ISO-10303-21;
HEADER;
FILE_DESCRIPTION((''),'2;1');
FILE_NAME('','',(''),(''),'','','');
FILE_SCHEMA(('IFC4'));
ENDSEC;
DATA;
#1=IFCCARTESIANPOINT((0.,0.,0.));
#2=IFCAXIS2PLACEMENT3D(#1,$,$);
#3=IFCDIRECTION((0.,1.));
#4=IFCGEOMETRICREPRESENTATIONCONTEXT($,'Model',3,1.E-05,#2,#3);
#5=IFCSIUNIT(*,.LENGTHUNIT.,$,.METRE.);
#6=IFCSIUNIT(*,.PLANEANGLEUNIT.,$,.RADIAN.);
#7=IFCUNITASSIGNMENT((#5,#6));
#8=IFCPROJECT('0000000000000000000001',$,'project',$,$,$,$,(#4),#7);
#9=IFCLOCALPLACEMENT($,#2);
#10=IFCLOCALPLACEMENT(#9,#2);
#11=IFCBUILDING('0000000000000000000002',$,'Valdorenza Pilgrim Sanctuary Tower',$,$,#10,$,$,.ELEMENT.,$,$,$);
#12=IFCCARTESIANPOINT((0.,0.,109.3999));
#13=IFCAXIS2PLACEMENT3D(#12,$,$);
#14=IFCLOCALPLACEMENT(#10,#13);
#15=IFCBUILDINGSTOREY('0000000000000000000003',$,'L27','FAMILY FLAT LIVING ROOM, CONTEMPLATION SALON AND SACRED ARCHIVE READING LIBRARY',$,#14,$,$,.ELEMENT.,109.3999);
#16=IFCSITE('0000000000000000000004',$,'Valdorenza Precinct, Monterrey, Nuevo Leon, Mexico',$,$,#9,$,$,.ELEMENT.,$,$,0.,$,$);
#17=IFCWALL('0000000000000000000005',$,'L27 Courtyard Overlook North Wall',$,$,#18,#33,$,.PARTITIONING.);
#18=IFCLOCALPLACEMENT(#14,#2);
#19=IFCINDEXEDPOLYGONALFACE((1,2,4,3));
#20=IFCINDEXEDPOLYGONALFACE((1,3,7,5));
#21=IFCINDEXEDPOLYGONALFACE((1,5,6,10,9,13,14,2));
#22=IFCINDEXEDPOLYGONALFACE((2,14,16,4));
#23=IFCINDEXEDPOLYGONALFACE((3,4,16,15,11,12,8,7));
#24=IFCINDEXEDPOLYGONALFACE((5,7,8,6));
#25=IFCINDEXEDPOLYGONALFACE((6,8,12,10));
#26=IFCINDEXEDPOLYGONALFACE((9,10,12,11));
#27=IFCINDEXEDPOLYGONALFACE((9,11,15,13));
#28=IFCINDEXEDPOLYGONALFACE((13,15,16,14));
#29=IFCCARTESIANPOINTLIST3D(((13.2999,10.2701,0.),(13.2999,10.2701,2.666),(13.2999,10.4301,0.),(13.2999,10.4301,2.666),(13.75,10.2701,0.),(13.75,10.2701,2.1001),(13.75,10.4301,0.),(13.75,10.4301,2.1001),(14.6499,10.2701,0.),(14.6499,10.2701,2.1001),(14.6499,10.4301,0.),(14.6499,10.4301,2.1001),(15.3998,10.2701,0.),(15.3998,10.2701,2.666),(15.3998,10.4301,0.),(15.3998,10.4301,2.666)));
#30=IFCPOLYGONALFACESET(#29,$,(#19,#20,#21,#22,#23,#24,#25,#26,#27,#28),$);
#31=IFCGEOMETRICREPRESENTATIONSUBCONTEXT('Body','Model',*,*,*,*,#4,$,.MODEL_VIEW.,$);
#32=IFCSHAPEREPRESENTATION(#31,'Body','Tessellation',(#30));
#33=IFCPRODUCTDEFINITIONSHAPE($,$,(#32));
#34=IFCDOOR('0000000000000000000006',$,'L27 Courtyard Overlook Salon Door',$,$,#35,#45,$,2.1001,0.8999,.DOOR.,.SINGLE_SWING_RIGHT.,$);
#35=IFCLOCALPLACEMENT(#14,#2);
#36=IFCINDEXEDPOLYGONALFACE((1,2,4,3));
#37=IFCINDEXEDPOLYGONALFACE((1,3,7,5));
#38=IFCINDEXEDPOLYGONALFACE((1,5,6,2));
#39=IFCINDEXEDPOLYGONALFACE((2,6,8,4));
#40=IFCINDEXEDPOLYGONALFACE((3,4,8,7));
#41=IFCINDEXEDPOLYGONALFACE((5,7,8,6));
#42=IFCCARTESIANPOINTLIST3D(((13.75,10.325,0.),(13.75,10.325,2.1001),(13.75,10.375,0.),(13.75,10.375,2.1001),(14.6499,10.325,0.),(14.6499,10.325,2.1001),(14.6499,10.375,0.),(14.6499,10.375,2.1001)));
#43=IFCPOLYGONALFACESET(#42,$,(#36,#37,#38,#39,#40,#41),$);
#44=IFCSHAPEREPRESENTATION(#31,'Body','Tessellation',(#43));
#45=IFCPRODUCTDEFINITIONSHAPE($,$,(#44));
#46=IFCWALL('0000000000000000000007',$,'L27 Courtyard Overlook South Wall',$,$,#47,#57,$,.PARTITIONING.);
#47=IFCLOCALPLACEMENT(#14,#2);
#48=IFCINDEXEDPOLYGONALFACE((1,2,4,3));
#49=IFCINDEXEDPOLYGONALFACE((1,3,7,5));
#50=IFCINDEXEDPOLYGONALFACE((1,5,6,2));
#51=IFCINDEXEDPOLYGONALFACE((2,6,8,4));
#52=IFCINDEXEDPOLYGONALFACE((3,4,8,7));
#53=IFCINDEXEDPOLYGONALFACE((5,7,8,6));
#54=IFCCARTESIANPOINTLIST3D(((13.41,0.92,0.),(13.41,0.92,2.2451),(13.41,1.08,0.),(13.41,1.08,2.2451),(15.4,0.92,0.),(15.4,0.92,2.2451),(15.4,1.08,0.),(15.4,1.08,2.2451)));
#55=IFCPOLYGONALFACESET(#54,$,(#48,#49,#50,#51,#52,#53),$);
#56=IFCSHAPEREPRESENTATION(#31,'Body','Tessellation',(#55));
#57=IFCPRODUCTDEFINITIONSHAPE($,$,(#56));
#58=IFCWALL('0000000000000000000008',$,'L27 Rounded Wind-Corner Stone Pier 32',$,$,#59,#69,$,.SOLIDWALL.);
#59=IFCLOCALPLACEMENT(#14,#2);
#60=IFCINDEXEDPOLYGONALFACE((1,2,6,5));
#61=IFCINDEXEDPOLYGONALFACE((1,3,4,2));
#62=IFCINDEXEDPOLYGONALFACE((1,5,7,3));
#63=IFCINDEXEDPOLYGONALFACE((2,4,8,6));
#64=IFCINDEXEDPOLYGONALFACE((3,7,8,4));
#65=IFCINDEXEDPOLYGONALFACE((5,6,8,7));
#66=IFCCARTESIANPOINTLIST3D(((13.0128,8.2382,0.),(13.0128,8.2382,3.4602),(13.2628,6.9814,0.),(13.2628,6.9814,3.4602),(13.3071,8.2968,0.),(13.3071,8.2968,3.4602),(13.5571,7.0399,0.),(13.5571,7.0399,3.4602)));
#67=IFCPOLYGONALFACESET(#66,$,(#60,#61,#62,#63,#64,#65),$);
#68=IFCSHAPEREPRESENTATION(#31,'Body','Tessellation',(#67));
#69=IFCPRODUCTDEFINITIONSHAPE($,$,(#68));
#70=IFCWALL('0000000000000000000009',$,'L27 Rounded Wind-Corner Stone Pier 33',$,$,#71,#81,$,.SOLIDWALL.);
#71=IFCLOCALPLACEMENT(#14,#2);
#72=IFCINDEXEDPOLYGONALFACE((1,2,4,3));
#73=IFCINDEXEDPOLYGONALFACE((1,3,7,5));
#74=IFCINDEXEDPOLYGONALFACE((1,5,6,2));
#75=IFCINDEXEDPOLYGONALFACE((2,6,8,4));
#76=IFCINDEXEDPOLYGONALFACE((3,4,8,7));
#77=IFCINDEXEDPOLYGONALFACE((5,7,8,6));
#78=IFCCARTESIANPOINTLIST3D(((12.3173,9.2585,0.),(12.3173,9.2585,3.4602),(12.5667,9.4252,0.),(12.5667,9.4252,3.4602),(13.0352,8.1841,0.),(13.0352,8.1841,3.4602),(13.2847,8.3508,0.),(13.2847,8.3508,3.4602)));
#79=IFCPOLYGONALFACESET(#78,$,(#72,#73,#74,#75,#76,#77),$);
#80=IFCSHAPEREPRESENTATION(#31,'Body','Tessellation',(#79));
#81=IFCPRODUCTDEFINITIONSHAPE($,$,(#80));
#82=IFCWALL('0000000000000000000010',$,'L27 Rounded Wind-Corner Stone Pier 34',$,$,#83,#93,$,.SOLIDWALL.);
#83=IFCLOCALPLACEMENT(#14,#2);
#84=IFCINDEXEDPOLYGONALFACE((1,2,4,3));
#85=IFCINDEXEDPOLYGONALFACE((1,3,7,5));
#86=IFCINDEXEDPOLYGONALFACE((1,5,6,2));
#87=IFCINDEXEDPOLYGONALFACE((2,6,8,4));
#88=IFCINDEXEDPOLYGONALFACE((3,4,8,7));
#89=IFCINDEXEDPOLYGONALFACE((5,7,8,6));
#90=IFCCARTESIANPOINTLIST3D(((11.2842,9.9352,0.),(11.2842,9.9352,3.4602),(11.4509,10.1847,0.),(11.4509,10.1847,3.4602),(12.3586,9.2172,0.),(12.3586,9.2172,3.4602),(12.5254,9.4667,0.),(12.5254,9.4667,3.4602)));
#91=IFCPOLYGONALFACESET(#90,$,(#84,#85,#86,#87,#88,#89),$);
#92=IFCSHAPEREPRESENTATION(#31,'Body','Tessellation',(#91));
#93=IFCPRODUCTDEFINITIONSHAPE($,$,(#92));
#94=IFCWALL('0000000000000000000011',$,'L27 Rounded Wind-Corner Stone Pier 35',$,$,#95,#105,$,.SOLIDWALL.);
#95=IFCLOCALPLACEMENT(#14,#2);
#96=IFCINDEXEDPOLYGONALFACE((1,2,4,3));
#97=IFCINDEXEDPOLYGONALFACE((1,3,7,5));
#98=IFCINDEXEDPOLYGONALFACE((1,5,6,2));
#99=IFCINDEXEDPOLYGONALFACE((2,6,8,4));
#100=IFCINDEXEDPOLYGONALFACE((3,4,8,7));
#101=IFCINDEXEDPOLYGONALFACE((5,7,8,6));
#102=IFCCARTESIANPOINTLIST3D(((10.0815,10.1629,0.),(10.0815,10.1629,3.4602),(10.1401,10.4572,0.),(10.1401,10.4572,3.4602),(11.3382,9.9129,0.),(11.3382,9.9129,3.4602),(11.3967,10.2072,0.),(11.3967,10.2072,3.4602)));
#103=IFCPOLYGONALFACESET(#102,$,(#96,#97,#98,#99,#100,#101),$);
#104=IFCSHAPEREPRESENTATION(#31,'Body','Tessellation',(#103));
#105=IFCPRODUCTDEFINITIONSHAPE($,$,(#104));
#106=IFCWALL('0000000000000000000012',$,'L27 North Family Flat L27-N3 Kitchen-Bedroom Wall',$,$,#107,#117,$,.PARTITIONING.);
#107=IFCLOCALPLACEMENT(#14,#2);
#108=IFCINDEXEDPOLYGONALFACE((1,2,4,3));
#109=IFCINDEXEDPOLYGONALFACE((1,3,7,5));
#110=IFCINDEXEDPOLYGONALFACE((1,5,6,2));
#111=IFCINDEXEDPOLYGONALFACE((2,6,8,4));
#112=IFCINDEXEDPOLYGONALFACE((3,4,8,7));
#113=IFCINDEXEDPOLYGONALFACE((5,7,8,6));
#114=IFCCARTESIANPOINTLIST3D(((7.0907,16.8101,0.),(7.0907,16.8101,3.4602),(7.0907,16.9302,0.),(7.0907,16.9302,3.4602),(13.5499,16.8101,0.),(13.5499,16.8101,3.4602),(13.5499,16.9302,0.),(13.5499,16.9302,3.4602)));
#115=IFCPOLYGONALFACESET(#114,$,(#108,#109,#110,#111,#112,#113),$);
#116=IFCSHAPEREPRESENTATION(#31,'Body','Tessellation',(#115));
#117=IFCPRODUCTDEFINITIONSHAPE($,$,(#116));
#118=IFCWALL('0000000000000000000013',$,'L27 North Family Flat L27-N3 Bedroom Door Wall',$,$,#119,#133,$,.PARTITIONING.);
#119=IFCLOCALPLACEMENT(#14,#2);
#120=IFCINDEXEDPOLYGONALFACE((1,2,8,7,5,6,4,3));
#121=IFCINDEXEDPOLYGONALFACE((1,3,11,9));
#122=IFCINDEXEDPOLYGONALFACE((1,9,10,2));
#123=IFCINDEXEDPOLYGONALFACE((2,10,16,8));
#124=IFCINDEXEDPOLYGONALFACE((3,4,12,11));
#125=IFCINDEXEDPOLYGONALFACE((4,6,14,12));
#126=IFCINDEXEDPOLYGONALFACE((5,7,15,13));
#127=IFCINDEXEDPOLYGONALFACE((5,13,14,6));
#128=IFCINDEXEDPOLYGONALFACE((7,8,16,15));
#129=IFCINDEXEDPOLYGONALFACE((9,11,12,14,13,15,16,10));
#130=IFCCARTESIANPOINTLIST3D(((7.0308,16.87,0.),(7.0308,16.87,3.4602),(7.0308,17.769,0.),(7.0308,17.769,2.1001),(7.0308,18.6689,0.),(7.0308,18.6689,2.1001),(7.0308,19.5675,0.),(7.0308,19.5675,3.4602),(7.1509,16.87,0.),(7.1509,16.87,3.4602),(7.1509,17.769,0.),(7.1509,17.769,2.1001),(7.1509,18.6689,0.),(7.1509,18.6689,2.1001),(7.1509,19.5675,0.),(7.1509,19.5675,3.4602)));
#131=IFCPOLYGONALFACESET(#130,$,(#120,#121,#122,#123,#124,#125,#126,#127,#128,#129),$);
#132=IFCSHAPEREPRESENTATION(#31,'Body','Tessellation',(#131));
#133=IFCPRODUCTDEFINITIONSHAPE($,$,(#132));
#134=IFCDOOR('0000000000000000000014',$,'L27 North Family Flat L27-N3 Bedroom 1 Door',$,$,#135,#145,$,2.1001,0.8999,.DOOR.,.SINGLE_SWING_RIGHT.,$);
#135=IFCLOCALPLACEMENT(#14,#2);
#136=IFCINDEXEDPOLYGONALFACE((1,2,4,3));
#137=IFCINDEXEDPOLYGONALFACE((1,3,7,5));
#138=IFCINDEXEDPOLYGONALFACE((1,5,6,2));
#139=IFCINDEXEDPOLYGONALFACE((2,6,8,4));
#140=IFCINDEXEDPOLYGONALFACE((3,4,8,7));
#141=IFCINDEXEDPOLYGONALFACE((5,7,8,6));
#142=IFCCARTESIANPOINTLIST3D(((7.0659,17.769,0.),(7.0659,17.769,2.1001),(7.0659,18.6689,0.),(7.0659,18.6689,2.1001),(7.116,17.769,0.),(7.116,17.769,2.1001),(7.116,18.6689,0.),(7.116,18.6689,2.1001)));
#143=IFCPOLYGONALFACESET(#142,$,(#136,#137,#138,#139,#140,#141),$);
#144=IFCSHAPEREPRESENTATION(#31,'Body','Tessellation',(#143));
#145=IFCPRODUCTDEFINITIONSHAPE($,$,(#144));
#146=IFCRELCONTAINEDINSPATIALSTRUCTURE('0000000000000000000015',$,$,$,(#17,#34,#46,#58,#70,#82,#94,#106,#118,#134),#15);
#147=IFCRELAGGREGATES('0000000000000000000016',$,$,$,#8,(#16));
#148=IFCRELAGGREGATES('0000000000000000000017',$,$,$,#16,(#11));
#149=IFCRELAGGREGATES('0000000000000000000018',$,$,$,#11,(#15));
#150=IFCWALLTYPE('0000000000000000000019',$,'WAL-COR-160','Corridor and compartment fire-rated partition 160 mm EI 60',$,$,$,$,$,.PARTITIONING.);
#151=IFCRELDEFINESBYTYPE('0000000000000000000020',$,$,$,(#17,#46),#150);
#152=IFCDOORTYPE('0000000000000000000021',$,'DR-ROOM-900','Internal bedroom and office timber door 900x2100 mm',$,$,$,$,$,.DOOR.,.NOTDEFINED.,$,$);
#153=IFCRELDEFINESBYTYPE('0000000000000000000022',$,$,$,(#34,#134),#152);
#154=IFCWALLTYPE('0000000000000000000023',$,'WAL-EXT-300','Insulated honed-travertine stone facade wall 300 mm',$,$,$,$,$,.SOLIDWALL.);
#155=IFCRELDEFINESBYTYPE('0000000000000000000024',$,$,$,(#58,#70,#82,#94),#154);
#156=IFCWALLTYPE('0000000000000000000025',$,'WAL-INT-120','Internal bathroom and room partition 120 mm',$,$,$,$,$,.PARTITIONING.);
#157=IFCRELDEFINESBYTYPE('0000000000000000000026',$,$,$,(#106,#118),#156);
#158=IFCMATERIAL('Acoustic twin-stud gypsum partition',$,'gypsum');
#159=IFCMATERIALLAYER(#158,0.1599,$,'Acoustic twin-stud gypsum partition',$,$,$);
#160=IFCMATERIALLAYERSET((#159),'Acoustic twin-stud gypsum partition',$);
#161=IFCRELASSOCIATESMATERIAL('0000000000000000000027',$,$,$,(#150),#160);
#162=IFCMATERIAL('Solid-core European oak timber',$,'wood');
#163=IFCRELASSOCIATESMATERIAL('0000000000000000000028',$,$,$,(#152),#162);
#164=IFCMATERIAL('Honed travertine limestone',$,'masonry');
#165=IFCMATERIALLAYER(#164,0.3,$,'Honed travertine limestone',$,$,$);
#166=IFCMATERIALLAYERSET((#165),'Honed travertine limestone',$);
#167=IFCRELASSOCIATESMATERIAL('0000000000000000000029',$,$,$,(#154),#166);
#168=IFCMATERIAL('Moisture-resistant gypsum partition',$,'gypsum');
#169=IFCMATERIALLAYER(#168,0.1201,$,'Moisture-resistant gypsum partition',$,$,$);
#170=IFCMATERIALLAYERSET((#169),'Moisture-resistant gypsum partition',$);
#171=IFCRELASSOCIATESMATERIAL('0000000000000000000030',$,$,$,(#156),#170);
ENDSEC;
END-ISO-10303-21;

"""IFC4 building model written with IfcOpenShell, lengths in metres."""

from ifc_helpers import new_model, si_unit, direction, frame, frame_2d, origin, place, context, subcontext, project, spatial, rectangle, extrude, material, layer, layer_set, type_object, element, fill, save


model = new_model("IFC4")

# Units and contexts
model_context = context("Model", 3, precision=1e-05, world=origin(), true_north=direction((0.0, 1.0)))
body_context = subcontext(model_context, "Body", "Model", "MODEL_VIEW")
ifc_project = project(units=[si_unit("LENGTHUNIT", "METRE"), si_unit("PLANEANGLEUNIT", "RADIAN")], contexts=[model_context])

# Site, building, storey
site_placement = place(None, origin())
site = spatial("IfcSite", under=ifc_project, at=site_placement, Name="Valdorenza Precinct, Monterrey, Nuevo Leon, Mexico", CompositionType="ELEMENT", RefElevation=0.0)
building_placement = place(site_placement, origin())
building = spatial("IfcBuilding", under=site, at=building_placement, Name="Valdorenza Pilgrim Sanctuary Tower", CompositionType="ELEMENT")
storey_placement = place(building_placement, frame((0.0, 0.0, 109.3999)))
storey = spatial("IfcBuildingStorey", under=building, at=storey_placement, Name="L27", Description="FAMILY FLAT LIVING ROOM, CONTEMPLATION SALON AND SACRED ARCHIVE READING LIBRARY", CompositionType="ELEMENT", Elevation=109.3999)

# Shared definitions
ifc_material_1 = material(Name="Honed travertine limestone", Category="masonry")

# Shared definitions
ifc_material_2 = material(Name="Acoustic twin-stud gypsum partition", Category="gypsum")
ifc_layer_1 = layer(ifc_material_2, 0.1599, Name="Acoustic twin-stud gypsum partition")
ifc_layer_set_1 = layer_set([ifc_layer_1], Name="Acoustic twin-stud gypsum partition")
wall_type_1 = type_object("IfcWallType", Name="WAL-COR-160", Description="Corridor and compartment fire-rated partition 160 mm EI 60", PredefinedType="PARTITIONING", material=ifc_layer_set_1)

# Wall, opening, door
wall_1_placement = place(storey_placement, frame((13.3, 10.3501, 0.0), z_axis=(0.0, 0.0, 1.0), x_axis=(1.0, 0.0, 0.0)))
wall_1 = element("IfcWall", 1, at=wall_1_placement, inside=storey, type_object=wall_type_1, Name="L27 Courtyard Overlook North Wall", PredefinedType="PARTITIONING", context=body_context, shape_type="SweptSolid", body=[
    extrude(rectangle(XDim=2.0999, YDim=0.1599, at=frame_2d((1.0498, 0.0))), origin(), (0.0, 0.0, 1.0), 2.666),
])
opening_1_placement = place(wall_1_placement, frame((0.45, 0.0, 0.0)))
opening_1 = element("IfcOpeningElement", 2, at=opening_1_placement, cuts=wall_1, PredefinedType="OPENING", context=body_context, shape_type="SweptSolid", body=[
    extrude(rectangle(XDim=0.8999, YDim=2.1001, at=frame_2d((0.45, 1.05))), frame((0.0, 0.0947, 0.0), z_axis=(0.0, -1.0, 0.0), x_axis=(1.0, 0.0, 0.0)), (0.0, 0.0, 1.0), 0.1897),
])
ifc_material_3 = material(Name="Solid-core European oak timber", Category="wood")
door_type = type_object("IfcDoorType", Name="DR-ROOM-900", Description="Internal bedroom and office timber door 900x2100 mm", OperationType="NOTDEFINED", PredefinedType="DOOR", material=ifc_material_3)
door_1_placement = place(opening_1_placement, origin())
door_1 = element("IfcDoor", 3, at=door_1_placement, inside=storey, type_object=door_type, Name="L27 Courtyard Overlook Salon Door", OperationType="SINGLE_SWING_RIGHT", OverallHeight=2.1001, OverallWidth=0.8999, PredefinedType="DOOR", context=body_context, shape_type="SweptSolid", body=[
    extrude(rectangle(XDim=0.8999, YDim=2.1001, at=frame_2d((0.45, 1.05))), frame((0.0, 0.0249, 0.0), z_axis=(0.0, -1.0, 0.0), x_axis=(1.0, 0.0, 0.0)), (0.0, 0.0, 1.0), 0.05),
])
fill(opening_1, door_1)

# Walls
wall_2_placement = place(storey_placement, frame((13.4099, 1.0, 0.0), z_axis=(0.0, 0.0, 1.0), x_axis=(1.0, 0.0, 0.0)))
element("IfcWall", 4, at=wall_2_placement, inside=storey, type_object=wall_type_1, Name="L27 Courtyard Overlook South Wall", PredefinedType="PARTITIONING", context=body_context, shape_type="SweptSolid", body=[
    extrude(rectangle(XDim=1.99, YDim=0.1599, at=frame_2d((0.9951, 0.0))), origin(), (0.0, 0.0, 1.0), 2.2451),
])
ifc_layer_2 = layer(ifc_material_1, 0.3, Name="Honed travertine limestone")
ifc_layer_set_2 = layer_set([ifc_layer_2], Name="Honed travertine limestone")
wall_type_2 = type_object("IfcWallType", Name="WAL-EXT-300", Description="Insulated honed-travertine stone facade wall 300 mm", PredefinedType="SOLIDWALL", material=ifc_layer_set_2)
wall_3_placement = place(storey_placement, frame((13.4099, 7.0107, 0.0), z_axis=(0.0, 0.0, 1.0), x_axis=(-0.19509, 0.980785, 0.0)))
element("IfcWall", 5, at=wall_3_placement, inside=storey, type_object=wall_type_2, Name="L27 Rounded Wind-Corner Stone Pier 32", PredefinedType="SOLIDWALL", context=body_context, shape_type="SweptSolid", body=[
    extrude(rectangle(XDim=1.2815, YDim=0.3, at=frame_2d((0.6406, 0.0))), origin(), (0.0, 0.0, 1.0), 3.4602),
])
for number, where, z_axis, x_axis, name in (
    (6, (13.1599, 8.2676, 0.0), (0.0, 0.0, 1.0), (-0.555615, 0.831439, 0.0), "L27 Rounded Wind-Corner Stone Pier 33"),
    (7, (12.4419, 9.342, 0.0), (0.0, 0.0, 1.0), (-0.831439, 0.555615, 0.0), "L27 Rounded Wind-Corner Stone Pier 34"),
):
    element("IfcWall", number, at=place(storey_placement, frame(where, z_axis=z_axis, x_axis=x_axis)), inside=storey, type_object=wall_type_2, Name=name, PredefinedType="SOLIDWALL", context=body_context, shape_type="SweptSolid", body=[
        extrude(rectangle(XDim=1.2922, YDim=0.3, at=frame_2d((0.646, 0.0))), origin(), (0.0, 0.0, 1.0), 3.4602),
    ])
wall_4_placement = place(storey_placement, frame((11.3674, 10.0601, 0.0), z_axis=(0.0, 0.0, 1.0), x_axis=(-0.980778, 0.195127, 0.0)))
element("IfcWall", 8, at=wall_4_placement, inside=storey, type_object=wall_type_2, Name="L27 Rounded Wind-Corner Stone Pier 35", PredefinedType="SOLIDWALL", context=body_context, shape_type="SweptSolid", body=[
    extrude(rectangle(XDim=1.2812, YDim=0.3, at=frame_2d((0.6406, 0.0))), origin(), (0.0, 0.0, 1.0), 3.4602),
])
ifc_material_4 = material(Name="Moisture-resistant gypsum partition", Category="gypsum")
ifc_layer_3 = layer(ifc_material_4, 0.1201, Name="Moisture-resistant gypsum partition")
ifc_layer_set_3 = layer_set([ifc_layer_3], Name="Moisture-resistant gypsum partition")
wall_type_3 = type_object("IfcWallType", Name="WAL-INT-120", Description="Internal bathroom and room partition 120 mm", PredefinedType="PARTITIONING", material=ifc_layer_set_3)
wall_5_placement = place(storey_placement, frame((7.0908, 16.8701, 0.0), z_axis=(0.0, 0.0, 1.0), x_axis=(1.0, 0.0, 0.0)))
element("IfcWall", 9, at=wall_5_placement, inside=storey, type_object=wall_type_3, Name="L27 North Family Flat L27-N3 Kitchen-Bedroom Wall", PredefinedType="PARTITIONING", context=body_context, shape_type="SweptSolid", body=[
    extrude(rectangle(XDim=6.4592, YDim=0.1201, at=frame_2d((3.2295, 0.0))), origin(), (0.0, 0.0, 1.0), 3.4602),
])

# Wall, opening, door
wall_6_placement = place(storey_placement, frame((7.0908, 16.8701, 0.0), z_axis=(0.0, 0.0, 1.0), x_axis=(0.0, 1.0, 0.0)))
wall_6 = element("IfcWall", 10, at=wall_6_placement, inside=storey, type_object=wall_type_3, Name="L27 North Family Flat L27-N3 Bedroom Door Wall", PredefinedType="PARTITIONING", context=body_context, shape_type="SweptSolid", body=[
    extrude(rectangle(XDim=2.6975, YDim=0.1201, at=frame_2d((1.3486, 0.0))), origin(), (0.0, 0.0, 1.0), 3.4602),
])
opening_2_placement = place(wall_6_placement, frame((0.8989, 0.0, 0.0)))
opening_2 = element("IfcOpeningElement", 11, at=opening_2_placement, cuts=wall_6, PredefinedType="OPENING", context=body_context, shape_type="SweptSolid", body=[
    extrude(rectangle(XDim=0.8999, YDim=2.1001, at=frame_2d((0.45, 1.05))), frame((0.0, 0.075, 0.0), z_axis=(0.0, -1.0, 0.0), x_axis=(1.0, 0.0, 0.0)), (0.0, 0.0, 1.0), 0.1499),
])
door_2_placement = place(opening_2_placement, origin())
door_2 = element("IfcDoor", 12, at=door_2_placement, inside=storey, type_object=door_type, Name="L27 North Family Flat L27-N3 Bedroom 1 Door", OperationType="SINGLE_SWING_RIGHT", OverallHeight=2.1001, OverallWidth=0.8999, PredefinedType="DOOR", context=body_context, shape_type="SweptSolid", body=[
    extrude(rectangle(XDim=0.8999, YDim=2.1001, at=frame_2d((0.45, 1.05))), frame((0.0, 0.0249, 0.0), z_axis=(0.0, -1.0, 0.0), x_axis=(1.0, 0.0, 0.0)), (0.0, 0.0, 1.0), 0.05),
])
fill(opening_2, door_2)

save(model, "model.ifc")
